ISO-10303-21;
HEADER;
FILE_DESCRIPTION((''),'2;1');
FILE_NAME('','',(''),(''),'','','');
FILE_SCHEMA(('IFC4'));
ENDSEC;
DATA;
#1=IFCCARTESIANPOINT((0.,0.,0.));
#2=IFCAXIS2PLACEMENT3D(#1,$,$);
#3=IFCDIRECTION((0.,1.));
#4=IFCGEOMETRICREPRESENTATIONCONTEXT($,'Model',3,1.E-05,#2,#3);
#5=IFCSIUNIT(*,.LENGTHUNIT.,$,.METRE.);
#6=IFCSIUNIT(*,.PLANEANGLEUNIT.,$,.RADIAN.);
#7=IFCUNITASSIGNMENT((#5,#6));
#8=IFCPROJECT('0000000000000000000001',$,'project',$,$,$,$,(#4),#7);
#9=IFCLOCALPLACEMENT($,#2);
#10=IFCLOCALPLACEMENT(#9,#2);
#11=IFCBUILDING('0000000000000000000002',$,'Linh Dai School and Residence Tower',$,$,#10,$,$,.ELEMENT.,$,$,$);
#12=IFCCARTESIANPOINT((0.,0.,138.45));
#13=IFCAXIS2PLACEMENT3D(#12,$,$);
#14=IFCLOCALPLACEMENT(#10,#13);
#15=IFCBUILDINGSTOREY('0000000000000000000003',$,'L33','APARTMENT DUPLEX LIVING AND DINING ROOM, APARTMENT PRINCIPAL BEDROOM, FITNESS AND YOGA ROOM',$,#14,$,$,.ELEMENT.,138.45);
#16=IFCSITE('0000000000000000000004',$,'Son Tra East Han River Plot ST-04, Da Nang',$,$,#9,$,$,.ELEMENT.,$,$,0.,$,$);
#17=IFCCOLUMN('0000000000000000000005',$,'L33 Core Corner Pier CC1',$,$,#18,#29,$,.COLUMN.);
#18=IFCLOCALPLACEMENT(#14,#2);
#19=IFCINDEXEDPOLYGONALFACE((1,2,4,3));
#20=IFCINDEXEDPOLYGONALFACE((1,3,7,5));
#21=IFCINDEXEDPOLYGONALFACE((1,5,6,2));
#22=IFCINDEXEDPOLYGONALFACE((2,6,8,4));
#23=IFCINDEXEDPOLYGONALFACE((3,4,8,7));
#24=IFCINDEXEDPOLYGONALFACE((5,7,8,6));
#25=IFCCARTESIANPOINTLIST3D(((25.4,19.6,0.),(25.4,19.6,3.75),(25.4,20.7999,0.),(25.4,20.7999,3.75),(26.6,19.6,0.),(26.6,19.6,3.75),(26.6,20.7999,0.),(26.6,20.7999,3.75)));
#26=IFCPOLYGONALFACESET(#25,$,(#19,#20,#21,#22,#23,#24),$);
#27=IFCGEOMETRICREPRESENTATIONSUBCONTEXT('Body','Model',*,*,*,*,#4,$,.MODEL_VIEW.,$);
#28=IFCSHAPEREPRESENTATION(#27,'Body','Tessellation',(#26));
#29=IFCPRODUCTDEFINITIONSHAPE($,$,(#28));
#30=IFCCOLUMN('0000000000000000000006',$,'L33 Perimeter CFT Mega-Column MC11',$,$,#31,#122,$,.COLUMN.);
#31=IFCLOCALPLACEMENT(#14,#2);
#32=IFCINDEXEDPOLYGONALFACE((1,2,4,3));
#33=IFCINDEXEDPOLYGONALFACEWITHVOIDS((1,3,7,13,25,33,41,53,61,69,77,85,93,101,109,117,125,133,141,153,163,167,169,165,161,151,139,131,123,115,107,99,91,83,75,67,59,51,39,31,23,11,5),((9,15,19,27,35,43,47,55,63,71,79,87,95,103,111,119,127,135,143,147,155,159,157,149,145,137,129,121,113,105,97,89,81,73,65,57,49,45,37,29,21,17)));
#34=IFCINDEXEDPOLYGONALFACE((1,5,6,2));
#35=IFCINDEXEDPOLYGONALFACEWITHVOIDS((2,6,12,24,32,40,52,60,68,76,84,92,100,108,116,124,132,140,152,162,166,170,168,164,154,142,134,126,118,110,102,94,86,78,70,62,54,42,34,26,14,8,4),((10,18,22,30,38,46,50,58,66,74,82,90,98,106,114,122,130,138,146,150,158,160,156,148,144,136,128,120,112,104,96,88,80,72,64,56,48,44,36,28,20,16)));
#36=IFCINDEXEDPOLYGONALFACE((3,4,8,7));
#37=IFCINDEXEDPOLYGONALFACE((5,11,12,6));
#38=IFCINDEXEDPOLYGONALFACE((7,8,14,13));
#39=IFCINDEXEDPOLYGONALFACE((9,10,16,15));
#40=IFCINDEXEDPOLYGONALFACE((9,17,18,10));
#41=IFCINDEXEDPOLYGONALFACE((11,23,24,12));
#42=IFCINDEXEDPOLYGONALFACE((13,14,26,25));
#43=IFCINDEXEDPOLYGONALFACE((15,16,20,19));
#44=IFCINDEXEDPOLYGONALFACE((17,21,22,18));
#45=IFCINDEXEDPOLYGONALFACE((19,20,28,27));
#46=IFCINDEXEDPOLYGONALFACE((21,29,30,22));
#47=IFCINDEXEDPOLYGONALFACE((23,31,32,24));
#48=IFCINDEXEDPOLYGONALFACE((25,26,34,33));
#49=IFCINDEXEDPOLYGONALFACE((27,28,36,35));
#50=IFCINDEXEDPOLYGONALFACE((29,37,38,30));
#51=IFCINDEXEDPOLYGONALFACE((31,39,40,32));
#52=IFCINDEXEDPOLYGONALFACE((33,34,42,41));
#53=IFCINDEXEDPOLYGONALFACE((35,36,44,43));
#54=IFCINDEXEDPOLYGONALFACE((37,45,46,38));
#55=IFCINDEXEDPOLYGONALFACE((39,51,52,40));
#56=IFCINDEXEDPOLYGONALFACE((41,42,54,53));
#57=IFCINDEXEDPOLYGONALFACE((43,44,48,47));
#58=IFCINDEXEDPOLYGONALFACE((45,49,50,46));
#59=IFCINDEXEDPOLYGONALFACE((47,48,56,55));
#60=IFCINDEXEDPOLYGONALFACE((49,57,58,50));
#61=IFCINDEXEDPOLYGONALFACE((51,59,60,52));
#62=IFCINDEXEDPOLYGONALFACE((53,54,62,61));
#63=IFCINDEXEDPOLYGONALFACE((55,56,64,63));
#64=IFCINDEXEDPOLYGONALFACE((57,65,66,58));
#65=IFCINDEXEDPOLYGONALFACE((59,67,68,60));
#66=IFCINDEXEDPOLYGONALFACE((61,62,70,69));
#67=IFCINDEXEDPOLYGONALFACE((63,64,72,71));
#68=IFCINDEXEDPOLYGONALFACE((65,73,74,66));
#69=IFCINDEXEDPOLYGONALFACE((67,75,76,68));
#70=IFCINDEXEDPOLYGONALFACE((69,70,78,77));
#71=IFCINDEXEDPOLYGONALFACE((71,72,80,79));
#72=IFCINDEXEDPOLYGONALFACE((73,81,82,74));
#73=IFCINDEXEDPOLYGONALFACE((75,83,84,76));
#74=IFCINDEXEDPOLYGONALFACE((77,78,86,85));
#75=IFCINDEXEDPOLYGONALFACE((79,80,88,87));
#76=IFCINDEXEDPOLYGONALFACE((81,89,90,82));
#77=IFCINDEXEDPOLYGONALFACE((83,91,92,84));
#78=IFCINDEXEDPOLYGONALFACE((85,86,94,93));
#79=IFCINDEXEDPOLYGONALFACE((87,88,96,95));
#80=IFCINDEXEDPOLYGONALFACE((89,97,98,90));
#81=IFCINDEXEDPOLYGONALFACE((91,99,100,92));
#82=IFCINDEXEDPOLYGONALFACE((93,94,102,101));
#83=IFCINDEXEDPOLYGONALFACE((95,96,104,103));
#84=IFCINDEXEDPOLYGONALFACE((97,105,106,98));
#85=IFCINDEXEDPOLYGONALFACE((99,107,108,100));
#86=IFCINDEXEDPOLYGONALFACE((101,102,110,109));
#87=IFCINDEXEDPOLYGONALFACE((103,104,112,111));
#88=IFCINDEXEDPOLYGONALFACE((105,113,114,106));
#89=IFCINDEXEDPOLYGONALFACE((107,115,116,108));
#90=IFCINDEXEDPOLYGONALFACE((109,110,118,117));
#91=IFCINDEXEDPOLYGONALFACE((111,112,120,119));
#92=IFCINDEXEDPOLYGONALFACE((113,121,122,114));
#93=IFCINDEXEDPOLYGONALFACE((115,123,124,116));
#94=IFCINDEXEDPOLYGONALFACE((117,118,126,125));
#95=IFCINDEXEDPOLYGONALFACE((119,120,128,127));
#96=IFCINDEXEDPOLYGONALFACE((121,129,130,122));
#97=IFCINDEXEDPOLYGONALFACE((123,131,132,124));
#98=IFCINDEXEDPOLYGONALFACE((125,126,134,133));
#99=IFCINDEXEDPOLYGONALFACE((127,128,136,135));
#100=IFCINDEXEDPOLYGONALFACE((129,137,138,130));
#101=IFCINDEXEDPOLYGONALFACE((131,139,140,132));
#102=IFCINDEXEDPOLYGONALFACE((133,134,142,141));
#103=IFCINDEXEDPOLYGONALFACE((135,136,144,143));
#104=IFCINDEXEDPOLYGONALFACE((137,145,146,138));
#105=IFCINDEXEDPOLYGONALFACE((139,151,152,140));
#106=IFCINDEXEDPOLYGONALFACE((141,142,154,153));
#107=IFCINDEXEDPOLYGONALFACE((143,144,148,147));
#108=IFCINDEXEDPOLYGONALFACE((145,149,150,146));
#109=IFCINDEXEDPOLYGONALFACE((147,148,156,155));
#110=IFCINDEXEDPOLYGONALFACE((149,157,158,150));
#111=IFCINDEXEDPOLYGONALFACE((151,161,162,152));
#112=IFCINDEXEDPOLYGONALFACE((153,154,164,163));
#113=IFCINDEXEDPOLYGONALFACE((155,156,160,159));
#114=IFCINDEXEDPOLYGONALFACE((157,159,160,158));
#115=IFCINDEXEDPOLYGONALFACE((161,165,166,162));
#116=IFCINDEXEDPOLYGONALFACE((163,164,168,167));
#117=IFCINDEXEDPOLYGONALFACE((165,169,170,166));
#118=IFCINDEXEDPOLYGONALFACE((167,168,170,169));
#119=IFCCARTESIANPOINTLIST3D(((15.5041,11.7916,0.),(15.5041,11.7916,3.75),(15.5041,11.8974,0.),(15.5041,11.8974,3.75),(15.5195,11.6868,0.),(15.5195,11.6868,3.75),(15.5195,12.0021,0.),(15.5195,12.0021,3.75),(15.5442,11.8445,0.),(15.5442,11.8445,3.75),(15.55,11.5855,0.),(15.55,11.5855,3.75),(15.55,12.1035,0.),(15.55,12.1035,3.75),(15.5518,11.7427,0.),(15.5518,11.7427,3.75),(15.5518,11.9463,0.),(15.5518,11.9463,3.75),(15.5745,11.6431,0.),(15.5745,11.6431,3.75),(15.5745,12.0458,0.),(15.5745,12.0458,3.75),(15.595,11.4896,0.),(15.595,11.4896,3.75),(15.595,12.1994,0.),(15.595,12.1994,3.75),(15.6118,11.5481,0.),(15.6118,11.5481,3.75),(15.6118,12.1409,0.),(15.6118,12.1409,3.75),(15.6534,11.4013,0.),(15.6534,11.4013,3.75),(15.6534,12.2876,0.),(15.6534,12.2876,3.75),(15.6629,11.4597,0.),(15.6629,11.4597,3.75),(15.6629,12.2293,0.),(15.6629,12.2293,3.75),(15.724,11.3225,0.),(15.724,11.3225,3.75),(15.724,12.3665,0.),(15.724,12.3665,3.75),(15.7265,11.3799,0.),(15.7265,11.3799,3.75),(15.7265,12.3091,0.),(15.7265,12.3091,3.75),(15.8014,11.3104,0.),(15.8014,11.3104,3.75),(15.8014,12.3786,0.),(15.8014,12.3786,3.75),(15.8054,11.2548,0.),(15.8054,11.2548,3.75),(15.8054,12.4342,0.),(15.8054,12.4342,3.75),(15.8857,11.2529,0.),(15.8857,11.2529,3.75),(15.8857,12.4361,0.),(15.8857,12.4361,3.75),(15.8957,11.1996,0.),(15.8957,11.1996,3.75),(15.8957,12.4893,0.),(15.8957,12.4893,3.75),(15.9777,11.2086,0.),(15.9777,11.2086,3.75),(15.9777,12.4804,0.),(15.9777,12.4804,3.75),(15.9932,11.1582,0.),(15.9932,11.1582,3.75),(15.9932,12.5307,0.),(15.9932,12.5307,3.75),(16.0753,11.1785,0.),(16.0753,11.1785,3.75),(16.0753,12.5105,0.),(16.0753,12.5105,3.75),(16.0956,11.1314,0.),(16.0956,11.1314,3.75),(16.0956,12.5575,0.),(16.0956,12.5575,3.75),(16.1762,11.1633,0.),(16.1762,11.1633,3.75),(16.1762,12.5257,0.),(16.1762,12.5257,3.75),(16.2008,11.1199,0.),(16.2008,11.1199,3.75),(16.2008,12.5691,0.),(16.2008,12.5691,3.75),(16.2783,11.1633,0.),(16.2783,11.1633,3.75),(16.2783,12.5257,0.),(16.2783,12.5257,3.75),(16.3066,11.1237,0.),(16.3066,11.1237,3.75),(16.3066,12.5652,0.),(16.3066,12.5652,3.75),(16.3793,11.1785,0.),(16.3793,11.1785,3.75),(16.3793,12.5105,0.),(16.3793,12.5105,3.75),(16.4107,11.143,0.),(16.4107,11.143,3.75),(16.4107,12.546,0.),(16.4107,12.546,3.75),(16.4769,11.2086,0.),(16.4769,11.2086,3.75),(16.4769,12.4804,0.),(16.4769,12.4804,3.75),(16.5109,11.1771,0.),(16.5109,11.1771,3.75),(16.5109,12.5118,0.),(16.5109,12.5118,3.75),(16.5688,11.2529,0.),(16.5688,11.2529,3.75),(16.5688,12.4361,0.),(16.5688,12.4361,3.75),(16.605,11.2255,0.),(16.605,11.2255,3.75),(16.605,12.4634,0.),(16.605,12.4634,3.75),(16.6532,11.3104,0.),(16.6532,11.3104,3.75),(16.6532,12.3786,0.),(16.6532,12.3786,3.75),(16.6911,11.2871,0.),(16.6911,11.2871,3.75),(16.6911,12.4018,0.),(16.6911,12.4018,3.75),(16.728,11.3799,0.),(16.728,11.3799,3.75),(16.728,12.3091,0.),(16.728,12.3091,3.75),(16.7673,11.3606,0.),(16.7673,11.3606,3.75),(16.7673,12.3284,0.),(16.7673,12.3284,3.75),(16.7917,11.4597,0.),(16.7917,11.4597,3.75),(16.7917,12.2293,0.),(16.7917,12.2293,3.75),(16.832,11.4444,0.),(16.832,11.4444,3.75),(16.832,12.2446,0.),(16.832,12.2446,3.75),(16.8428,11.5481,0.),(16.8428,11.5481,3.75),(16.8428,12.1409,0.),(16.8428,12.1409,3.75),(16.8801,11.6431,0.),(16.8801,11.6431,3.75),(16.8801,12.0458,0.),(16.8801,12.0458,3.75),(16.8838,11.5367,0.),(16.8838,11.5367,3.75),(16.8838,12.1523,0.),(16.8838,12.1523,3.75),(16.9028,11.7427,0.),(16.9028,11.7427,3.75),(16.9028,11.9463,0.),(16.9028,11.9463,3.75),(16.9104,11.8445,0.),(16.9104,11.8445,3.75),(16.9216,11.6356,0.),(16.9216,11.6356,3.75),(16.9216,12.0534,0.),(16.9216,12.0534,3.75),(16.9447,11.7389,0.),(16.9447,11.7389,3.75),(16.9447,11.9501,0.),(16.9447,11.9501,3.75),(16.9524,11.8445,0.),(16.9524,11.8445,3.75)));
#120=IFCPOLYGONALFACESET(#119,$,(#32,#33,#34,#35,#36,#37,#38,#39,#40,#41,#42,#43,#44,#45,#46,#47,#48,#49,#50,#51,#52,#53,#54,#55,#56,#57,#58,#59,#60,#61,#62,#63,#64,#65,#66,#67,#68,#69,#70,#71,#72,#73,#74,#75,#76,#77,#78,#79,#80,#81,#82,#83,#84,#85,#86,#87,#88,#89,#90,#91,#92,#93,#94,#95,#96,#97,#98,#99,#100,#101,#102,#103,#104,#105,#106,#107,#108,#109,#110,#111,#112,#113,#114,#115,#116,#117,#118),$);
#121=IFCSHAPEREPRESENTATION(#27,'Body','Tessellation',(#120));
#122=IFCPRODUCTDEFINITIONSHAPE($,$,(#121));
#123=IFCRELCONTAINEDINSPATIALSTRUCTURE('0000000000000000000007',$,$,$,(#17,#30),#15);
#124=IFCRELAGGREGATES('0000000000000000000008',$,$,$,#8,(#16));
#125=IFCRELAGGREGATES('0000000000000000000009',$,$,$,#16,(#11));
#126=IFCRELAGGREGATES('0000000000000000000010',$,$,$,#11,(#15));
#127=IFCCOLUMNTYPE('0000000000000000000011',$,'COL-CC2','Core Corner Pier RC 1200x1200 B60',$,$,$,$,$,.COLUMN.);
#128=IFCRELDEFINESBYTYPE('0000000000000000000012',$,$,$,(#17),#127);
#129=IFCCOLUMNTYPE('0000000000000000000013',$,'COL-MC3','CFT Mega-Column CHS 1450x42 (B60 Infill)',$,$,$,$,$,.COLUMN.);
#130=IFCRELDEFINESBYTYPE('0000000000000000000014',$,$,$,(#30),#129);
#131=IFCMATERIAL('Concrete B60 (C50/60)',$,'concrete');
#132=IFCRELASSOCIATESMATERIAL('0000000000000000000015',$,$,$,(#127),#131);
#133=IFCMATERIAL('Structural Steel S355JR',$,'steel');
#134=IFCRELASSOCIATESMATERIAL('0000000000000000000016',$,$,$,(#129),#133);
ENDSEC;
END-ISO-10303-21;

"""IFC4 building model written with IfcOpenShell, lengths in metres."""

from ifc_helpers import new_model, si_unit, direction, frame, origin, origin_2d, place, context, subcontext, project, spatial, rectangle, hollow_circle, extrude, material, material_profile, profile_set, type_object, element, save


model = new_model("IFC4")

# Units and contexts
model_context = context("Model", 3, precision=1e-05, world=origin(), true_north=direction((0.0, 1.0)))
body_context = subcontext(model_context, "Body", "Model", "MODEL_VIEW")
ifc_project = project(units=[si_unit("LENGTHUNIT", "METRE"), si_unit("PLANEANGLEUNIT", "RADIAN")], contexts=[model_context])

# Site, building, storey
site_placement = place(None, origin())
site = spatial("IfcSite", under=ifc_project, at=site_placement, Name="Son Tra East Han River Plot ST-04, Da Nang", CompositionType="ELEMENT", RefElevation=0.0)
building_placement = place(site_placement, origin())
building = spatial("IfcBuilding", under=site, at=building_placement, Name="Linh Dai School and Residence Tower", CompositionType="ELEMENT")
storey_placement = place(building_placement, frame((0.0, 0.0, 138.45)))
storey = spatial("IfcBuildingStorey", under=building, at=storey_placement, Name="L33", Description="APARTMENT DUPLEX LIVING AND DINING ROOM, APARTMENT PRINCIPAL BEDROOM, FITNESS AND YOGA ROOM", CompositionType="ELEMENT", Elevation=138.45)

# Columns
ifc_material_1 = material(Name="Concrete B60 (C50/60)", Category="concrete")
ifc_material_profile_1 = material_profile(ifc_material_1, rectangle(XDim=1.2, YDim=1.2, at=origin_2d()), Name="RC 1200x1200")
ifc_profile_set_1 = profile_set([ifc_material_profile_1], Name="Concrete B60 (C50/60)")
column_type_1 = type_object("IfcColumnType", Name="COL-CC2", Description="Core Corner Pier RC 1200x1200 B60", PredefinedType="COLUMN", material=ifc_profile_set_1)
column_placement = place(storey_placement, frame((26.0, 20.2, 0.0), z_axis=(0.0, 0.0, 1.0), x_axis=(1.0, 0.0, 0.0)))
element("IfcColumn", 1, at=column_placement, inside=storey, type_object=column_type_1, Name="L33 Core Corner Pier CC1", PredefinedType="COLUMN", context=body_context, shape_type="SweptSolid", body=[
    extrude(rectangle(XDim=1.2, YDim=1.2, at=origin_2d()), origin(), (0.0, 0.0, 1.0), 3.75),
])
ifc_material_2 = material(Name="Structural Steel S355JR", Category="steel")
ifc_material_profile_2 = material_profile(ifc_material_2, hollow_circle(Radius=0.7251, WallThickness=0.042, at=origin_2d()), Name="CHS 1450x42")
ifc_profile_set_2 = profile_set([ifc_material_profile_2], Name="Structural Steel S355JR")
column_type_2 = type_object("IfcColumnType", Name="COL-MC3", Description="CFT Mega-Column CHS 1450x42 (B60 Infill)", PredefinedType="COLUMN", material=ifc_profile_set_2)
for number, where, z_axis, x_axis, name in (
    (2, (16.2273, 11.8445, 0.0), (0.0, 0.0, 1.0), (1.0, 0.0, 0.0), "L33 Perimeter CFT Mega-Column MC11"),
):
    element("IfcColumn", number, at=place(storey_placement, frame(where, z_axis=z_axis, x_axis=x_axis)), inside=storey, type_object=column_type_2, Name=name, PredefinedType="COLUMN", context=body_context, shape_type="SweptSolid", body=[
        extrude(hollow_circle(Radius=0.7251, WallThickness=0.042, at=origin_2d()), origin(), (0.0, 0.0, 1.0), 3.75),
    ])

save(model, "model.ifc")
